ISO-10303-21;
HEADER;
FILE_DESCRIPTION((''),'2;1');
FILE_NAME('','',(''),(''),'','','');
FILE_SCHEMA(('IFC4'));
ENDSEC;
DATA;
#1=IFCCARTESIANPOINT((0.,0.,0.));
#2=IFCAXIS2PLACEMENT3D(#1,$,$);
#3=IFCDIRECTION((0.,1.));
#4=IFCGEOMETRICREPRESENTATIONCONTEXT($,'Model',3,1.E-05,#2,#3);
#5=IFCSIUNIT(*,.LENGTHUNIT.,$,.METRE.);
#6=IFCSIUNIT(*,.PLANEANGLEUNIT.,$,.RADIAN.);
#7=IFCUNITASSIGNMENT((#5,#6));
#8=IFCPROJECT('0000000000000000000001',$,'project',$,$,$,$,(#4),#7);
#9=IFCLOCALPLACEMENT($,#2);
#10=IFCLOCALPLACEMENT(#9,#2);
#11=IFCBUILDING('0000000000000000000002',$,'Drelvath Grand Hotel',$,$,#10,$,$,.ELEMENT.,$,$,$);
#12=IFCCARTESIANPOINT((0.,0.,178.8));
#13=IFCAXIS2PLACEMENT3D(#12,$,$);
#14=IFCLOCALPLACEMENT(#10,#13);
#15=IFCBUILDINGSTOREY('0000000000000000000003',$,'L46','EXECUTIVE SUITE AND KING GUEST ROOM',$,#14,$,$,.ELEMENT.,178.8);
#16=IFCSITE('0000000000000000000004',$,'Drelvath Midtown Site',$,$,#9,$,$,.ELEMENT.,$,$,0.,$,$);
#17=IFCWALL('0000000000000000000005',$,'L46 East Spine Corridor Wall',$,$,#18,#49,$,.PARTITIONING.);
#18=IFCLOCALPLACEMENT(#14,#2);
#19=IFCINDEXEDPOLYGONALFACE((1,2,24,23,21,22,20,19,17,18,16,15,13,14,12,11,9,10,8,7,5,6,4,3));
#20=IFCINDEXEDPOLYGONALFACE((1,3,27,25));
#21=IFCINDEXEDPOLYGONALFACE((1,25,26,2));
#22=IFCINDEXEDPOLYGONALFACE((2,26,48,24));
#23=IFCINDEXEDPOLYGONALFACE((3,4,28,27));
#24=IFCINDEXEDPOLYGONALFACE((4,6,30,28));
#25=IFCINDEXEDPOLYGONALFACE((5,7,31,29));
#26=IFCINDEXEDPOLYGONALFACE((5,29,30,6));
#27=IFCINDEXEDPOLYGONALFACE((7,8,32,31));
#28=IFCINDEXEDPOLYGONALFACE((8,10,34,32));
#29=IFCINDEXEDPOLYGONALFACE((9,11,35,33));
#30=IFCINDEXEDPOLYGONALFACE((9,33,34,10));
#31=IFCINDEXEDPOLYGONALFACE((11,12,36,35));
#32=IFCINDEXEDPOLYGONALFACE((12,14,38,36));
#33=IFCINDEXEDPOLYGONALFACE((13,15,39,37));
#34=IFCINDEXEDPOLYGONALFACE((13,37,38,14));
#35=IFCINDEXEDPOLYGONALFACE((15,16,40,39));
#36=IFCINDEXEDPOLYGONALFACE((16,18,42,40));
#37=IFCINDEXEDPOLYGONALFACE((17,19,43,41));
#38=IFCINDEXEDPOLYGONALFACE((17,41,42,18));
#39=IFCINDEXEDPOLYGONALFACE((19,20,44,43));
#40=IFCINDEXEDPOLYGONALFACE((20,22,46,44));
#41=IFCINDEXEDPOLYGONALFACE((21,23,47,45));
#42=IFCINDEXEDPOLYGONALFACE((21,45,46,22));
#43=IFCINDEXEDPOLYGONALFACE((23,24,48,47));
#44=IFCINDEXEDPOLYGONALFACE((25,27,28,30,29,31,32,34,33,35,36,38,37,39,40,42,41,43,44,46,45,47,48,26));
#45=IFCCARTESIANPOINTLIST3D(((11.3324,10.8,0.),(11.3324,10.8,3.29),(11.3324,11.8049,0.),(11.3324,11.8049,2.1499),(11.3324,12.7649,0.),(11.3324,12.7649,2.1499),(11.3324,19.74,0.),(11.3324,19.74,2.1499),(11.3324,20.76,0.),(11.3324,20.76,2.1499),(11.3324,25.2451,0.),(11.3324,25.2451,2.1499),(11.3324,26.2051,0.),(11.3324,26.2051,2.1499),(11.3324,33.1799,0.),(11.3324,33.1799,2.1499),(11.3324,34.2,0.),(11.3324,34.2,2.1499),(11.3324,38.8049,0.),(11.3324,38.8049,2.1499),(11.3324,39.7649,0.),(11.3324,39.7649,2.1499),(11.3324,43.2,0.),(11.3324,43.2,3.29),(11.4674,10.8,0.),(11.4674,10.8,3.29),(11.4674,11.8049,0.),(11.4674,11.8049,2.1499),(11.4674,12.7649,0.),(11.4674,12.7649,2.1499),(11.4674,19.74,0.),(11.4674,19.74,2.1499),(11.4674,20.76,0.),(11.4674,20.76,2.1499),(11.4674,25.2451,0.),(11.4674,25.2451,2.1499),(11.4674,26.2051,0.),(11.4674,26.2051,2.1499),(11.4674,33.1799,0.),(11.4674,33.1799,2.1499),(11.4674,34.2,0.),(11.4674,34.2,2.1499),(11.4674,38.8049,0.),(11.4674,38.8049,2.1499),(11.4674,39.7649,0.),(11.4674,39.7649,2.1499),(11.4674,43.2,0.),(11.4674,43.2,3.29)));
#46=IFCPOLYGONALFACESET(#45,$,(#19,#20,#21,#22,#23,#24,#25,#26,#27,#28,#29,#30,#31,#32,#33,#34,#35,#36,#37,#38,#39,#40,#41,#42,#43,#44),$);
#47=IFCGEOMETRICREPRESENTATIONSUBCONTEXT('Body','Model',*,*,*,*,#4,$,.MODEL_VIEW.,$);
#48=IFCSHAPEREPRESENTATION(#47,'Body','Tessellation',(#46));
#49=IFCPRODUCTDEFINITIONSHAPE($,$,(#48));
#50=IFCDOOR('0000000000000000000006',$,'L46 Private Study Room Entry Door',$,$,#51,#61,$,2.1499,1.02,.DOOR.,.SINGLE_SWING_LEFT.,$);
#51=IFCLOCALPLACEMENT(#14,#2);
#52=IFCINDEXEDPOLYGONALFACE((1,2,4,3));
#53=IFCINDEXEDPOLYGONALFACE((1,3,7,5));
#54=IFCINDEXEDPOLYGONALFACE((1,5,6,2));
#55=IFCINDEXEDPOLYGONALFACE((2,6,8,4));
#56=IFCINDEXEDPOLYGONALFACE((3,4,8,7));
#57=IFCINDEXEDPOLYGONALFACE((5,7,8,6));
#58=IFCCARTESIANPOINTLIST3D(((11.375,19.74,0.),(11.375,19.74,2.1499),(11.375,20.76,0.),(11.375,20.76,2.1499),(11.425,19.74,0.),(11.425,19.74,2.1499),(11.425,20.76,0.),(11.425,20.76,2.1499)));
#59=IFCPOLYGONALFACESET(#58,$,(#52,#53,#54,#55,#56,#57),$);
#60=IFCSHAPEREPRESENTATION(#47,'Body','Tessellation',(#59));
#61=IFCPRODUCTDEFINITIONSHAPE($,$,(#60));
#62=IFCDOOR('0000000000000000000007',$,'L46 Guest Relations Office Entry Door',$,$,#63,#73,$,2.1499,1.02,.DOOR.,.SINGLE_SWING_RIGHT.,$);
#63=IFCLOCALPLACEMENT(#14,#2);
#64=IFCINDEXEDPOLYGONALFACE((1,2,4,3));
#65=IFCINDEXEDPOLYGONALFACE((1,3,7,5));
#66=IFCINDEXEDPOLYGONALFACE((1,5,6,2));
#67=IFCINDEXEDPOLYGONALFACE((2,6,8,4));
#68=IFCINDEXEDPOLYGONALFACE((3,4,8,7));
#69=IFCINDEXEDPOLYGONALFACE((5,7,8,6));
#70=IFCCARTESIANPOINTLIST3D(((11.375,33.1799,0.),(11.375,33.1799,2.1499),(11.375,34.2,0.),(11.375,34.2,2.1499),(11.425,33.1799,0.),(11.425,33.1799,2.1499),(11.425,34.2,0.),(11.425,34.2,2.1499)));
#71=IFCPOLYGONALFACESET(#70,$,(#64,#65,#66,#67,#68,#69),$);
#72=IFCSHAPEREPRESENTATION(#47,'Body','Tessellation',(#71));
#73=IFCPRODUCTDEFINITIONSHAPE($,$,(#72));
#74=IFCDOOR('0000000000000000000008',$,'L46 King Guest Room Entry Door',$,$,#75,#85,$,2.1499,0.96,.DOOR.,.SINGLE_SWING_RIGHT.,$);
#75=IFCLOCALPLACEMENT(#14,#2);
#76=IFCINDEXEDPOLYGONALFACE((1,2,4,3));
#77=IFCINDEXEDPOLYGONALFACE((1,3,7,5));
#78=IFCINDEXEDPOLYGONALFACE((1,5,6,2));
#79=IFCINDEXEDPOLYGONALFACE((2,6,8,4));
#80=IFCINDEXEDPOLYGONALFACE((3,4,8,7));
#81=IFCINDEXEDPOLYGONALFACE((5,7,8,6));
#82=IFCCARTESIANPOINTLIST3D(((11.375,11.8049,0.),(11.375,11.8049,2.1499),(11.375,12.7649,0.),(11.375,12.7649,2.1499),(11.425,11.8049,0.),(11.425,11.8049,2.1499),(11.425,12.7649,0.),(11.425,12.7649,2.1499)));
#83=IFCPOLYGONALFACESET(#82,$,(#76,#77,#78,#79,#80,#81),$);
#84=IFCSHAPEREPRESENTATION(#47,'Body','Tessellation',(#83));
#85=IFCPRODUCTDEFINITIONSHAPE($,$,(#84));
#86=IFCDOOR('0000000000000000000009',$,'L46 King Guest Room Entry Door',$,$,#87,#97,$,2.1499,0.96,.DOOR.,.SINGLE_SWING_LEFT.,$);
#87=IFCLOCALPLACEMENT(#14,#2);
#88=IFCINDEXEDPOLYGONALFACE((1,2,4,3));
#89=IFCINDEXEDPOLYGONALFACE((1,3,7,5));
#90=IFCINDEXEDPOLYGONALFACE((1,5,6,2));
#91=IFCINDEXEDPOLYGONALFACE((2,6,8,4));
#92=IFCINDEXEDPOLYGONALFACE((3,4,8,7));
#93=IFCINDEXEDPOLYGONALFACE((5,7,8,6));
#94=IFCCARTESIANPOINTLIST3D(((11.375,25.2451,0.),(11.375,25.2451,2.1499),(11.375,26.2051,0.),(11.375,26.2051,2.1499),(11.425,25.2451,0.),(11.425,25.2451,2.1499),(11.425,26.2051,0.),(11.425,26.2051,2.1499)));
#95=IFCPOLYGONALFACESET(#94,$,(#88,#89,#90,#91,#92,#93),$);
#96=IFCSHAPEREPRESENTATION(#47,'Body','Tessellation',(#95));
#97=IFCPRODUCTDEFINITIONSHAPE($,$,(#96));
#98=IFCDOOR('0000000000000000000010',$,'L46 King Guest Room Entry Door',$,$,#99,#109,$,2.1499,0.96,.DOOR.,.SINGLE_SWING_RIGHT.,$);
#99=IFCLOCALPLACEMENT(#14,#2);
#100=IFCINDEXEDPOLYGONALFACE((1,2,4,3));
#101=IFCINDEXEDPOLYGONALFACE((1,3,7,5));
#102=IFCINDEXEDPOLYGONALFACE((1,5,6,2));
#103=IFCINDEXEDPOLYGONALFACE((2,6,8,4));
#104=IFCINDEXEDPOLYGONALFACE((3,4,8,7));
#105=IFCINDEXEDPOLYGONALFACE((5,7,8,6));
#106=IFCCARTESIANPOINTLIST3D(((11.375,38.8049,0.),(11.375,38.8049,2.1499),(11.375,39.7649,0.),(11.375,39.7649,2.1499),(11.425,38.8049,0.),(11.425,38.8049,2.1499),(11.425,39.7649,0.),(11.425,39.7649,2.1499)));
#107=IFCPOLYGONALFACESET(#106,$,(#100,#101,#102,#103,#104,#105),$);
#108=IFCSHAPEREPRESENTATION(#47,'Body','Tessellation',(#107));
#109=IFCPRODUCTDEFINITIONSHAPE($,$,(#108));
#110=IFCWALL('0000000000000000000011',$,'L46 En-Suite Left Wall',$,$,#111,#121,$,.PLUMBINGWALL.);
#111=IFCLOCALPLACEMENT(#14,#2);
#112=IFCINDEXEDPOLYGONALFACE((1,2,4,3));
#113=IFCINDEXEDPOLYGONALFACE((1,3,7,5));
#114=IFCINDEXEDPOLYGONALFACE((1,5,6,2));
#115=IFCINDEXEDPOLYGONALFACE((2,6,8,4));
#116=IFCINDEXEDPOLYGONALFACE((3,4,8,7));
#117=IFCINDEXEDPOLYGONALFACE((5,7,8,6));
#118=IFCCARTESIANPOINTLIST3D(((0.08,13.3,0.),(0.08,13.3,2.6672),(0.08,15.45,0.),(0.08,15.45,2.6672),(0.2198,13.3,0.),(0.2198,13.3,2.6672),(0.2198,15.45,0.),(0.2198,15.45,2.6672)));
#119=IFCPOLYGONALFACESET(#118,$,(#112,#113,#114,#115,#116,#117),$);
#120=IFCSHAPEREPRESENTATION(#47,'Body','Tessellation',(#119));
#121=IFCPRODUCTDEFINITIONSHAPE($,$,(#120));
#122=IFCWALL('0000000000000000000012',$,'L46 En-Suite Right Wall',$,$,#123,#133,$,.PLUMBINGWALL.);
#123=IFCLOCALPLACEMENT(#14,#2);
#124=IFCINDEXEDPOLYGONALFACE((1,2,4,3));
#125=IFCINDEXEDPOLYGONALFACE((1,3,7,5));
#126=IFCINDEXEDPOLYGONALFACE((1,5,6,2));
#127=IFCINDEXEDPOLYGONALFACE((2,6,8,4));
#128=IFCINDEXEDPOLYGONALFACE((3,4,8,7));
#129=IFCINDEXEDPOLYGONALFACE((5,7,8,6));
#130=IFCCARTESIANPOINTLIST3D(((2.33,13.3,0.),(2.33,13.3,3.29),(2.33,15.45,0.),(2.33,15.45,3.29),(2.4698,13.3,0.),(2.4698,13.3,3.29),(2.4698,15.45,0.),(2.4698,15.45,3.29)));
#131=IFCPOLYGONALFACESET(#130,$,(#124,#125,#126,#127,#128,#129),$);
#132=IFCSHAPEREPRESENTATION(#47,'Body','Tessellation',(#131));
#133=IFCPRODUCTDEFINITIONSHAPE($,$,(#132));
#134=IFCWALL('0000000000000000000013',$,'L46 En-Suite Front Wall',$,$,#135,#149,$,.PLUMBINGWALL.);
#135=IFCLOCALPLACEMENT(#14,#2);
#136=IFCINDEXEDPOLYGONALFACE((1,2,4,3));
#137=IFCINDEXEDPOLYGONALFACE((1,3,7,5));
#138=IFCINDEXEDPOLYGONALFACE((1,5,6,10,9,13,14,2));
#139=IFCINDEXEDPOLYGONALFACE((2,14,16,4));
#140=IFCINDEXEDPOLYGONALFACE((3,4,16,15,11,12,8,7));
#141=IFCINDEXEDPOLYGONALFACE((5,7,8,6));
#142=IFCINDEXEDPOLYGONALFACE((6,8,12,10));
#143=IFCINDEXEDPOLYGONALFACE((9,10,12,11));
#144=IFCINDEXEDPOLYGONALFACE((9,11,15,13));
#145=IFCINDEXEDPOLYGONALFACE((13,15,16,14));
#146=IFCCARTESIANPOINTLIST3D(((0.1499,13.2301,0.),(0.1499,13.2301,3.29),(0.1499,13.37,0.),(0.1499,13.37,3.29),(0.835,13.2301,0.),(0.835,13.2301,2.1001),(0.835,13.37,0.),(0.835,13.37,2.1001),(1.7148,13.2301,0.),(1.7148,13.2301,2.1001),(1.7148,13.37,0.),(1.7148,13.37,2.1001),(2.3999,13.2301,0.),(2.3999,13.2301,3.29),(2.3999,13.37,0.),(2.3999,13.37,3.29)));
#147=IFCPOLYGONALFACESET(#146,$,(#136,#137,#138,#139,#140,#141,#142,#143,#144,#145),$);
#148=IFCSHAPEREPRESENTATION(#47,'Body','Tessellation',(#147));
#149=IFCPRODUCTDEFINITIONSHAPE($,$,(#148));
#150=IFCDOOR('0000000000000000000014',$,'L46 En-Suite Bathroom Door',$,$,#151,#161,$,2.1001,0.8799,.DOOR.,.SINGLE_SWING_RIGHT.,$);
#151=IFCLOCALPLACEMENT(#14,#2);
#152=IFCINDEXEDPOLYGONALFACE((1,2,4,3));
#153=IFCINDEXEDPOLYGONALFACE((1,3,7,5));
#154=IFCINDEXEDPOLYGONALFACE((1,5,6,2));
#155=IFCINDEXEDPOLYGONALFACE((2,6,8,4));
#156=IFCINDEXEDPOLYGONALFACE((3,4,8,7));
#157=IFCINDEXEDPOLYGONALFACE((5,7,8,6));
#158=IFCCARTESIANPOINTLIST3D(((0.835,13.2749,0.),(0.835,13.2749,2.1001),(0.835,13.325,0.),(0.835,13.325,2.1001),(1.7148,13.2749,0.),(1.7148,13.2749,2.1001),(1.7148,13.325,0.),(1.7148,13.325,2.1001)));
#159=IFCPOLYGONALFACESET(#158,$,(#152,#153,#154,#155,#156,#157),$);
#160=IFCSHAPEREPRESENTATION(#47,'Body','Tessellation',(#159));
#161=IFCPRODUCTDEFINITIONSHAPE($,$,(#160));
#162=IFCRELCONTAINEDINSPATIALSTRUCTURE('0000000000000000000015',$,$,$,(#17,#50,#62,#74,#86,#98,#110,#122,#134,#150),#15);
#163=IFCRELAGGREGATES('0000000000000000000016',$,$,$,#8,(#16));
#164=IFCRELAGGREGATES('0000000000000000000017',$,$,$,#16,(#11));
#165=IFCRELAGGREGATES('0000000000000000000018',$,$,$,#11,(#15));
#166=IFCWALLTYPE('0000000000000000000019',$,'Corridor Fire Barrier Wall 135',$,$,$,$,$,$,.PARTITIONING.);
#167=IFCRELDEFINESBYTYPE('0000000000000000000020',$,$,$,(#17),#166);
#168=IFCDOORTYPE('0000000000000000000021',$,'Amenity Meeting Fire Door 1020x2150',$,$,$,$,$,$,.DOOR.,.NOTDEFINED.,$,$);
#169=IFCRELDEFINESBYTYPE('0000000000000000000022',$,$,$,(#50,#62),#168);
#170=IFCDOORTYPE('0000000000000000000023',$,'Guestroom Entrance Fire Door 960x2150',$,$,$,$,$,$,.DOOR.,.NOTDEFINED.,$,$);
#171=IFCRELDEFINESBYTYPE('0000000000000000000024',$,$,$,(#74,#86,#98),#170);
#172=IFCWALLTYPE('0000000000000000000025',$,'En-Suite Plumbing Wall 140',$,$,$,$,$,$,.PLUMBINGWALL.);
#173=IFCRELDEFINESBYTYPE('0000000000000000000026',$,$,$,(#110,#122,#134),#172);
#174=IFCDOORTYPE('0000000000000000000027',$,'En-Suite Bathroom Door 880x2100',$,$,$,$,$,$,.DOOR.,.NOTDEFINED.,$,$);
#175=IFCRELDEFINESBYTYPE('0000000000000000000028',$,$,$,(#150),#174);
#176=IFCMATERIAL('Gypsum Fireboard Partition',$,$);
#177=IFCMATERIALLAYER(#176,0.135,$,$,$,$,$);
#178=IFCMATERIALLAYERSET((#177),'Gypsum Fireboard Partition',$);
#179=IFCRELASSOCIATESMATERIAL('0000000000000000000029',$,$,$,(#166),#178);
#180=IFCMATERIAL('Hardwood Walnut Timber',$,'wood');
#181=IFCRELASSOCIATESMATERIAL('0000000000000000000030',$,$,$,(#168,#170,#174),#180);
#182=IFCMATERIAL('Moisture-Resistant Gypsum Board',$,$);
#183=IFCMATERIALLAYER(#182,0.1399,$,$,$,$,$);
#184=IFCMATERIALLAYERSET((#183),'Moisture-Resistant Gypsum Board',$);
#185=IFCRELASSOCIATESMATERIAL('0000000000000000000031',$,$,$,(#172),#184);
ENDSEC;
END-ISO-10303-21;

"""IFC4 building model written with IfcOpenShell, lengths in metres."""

from ifc_helpers import new_model, si_unit, direction, frame, frame_2d, origin, place, context, subcontext, project, spatial, rectangle, extrude, material, layer, layer_set, type_object, element, fill, save


model = new_model("IFC4")

# Units and contexts
model_context = context("Model", 3, precision=1e-05, world=origin(), true_north=direction((0.0, 1.0)))
body_context = subcontext(model_context, "Body", "Model", "MODEL_VIEW")
ifc_project = project(units=[si_unit("LENGTHUNIT", "METRE"), si_unit("PLANEANGLEUNIT", "RADIAN")], contexts=[model_context])

# Site, building, storey
site_placement = place(None, origin())
site = spatial("IfcSite", under=ifc_project, at=site_placement, Name="Drelvath Midtown Site", CompositionType="ELEMENT", RefElevation=0.0)
building_placement = place(site_placement, origin())
building = spatial("IfcBuilding", under=site, at=building_placement, Name="Drelvath Grand Hotel", CompositionType="ELEMENT")
storey_placement = place(building_placement, frame((0.0, 0.0, 178.8)))
storey = spatial("IfcBuildingStorey", under=building, at=storey_placement, Name="L46", Description="EXECUTIVE SUITE AND KING GUEST ROOM", CompositionType="ELEMENT", Elevation=178.8)

# Wall, openings, doors
ifc_material_1 = material(Name="Gypsum Fireboard Partition")
ifc_layer_1 = layer(ifc_material_1, 0.135)
ifc_layer_set_1 = layer_set([ifc_layer_1], Name="Gypsum Fireboard Partition")
wall_type_1 = type_object("IfcWallType", Name="Corridor Fire Barrier Wall 135", PredefinedType="PARTITIONING", material=ifc_layer_set_1)
wall_1_placement = place(storey_placement, frame((11.3999, 10.8, 0.0), z_axis=(0.0, 0.0, 1.0), x_axis=(0.0, 1.0, 0.0)))
wall_1 = element("IfcWall", 1, at=wall_1_placement, inside=storey, type_object=wall_type_1, Name="L46 East Spine Corridor Wall", PredefinedType="PARTITIONING", context=body_context, shape_type="SweptSolid", body=[
    extrude(rectangle(XDim=32.3999, YDim=0.135, at=frame_2d((16.2, 0.0))), origin(), (0.0, 0.0, 1.0), 3.29),
])
opening_1_placement = place(wall_1_placement, frame((1.0049, 0.0, 0.0)))
opening_1 = element("IfcOpeningElement", 2, at=opening_1_placement, cuts=wall_1, PredefinedType="OPENING", context=body_context, shape_type="SweptSolid", body=[
    extrude(rectangle(XDim=0.96, YDim=2.1499, at=frame_2d((0.48, 1.075))), frame((0.0, 0.0774, 0.0), z_axis=(0.0, -1.0, 0.0), x_axis=(1.0, 0.0, 0.0)), (0.0, 0.0, 1.0), 0.155),
])
opening_2_placement = place(wall_1_placement, frame((8.9399, 0.0, 0.0)))
opening_2 = element("IfcOpeningElement", 3, at=opening_2_placement, cuts=wall_1, PredefinedType="OPENING", context=body_context, shape_type="SweptSolid", body=[
    extrude(rectangle(XDim=1.02, YDim=2.1499, at=frame_2d((0.51, 1.075))), frame((0.0, 0.0774, 0.0), z_axis=(0.0, -1.0, 0.0), x_axis=(1.0, 0.0, 0.0)), (0.0, 0.0, 1.0), 0.155),
])
opening_3_placement = place(wall_1_placement, frame((14.4451, 0.0, 0.0)))
opening_3 = element("IfcOpeningElement", 4, at=opening_3_placement, cuts=wall_1, PredefinedType="OPENING", context=body_context, shape_type="SweptSolid", body=[
    extrude(rectangle(XDim=0.96, YDim=2.1499, at=frame_2d((0.48, 1.075))), frame((0.0, 0.0774, 0.0), z_axis=(0.0, -1.0, 0.0), x_axis=(1.0, 0.0, 0.0)), (0.0, 0.0, 1.0), 0.155),
])
opening_4_placement = place(wall_1_placement, frame((22.3799, 0.0, 0.0)))
opening_4 = element("IfcOpeningElement", 5, at=opening_4_placement, cuts=wall_1, PredefinedType="OPENING", context=body_context, shape_type="SweptSolid", body=[
    extrude(rectangle(XDim=1.02, YDim=2.1499, at=frame_2d((0.51, 1.075))), frame((0.0, 0.0774, 0.0), z_axis=(0.0, -1.0, 0.0), x_axis=(1.0, 0.0, 0.0)), (0.0, 0.0, 1.0), 0.155),
])
opening_5_placement = place(wall_1_placement, frame((28.0049, 0.0, 0.0)))
opening_5 = element("IfcOpeningElement", 6, at=opening_5_placement, cuts=wall_1, PredefinedType="OPENING", context=body_context, shape_type="SweptSolid", body=[
    extrude(rectangle(XDim=0.96, YDim=2.1499, at=frame_2d((0.48, 1.075))), frame((0.0, 0.0774, 0.0), z_axis=(0.0, -1.0, 0.0), x_axis=(1.0, 0.0, 0.0)), (0.0, 0.0, 1.0), 0.155),
])
ifc_material_2 = material(Name="Hardwood Walnut Timber", Category="wood")
door_type_1 = type_object("IfcDoorType", Name="Amenity Meeting Fire Door 1020x2150", OperationType="NOTDEFINED", PredefinedType="DOOR", material=ifc_material_2)
door_1_placement = place(opening_2_placement, origin())
door_1 = element("IfcDoor", 7, at=door_1_placement, inside=storey, type_object=door_type_1, Name="L46 Private Study Room Entry Door", OperationType="SINGLE_SWING_LEFT", OverallHeight=2.1499, OverallWidth=1.02, PredefinedType="DOOR", context=body_context, shape_type="SweptSolid", body=[
    extrude(rectangle(XDim=1.02, YDim=2.1499, at=frame_2d((0.51, 1.075))), frame((0.0, 0.0249, 0.0), z_axis=(0.0, -1.0, 0.0), x_axis=(1.0, 0.0, 0.0)), (0.0, 0.0, 1.0), 0.05),
])
fill(opening_2, door_1)
door_2_placement = place(opening_4_placement, origin())
door_2 = element("IfcDoor", 8, at=door_2_placement, inside=storey, type_object=door_type_1, Name="L46 Guest Relations Office Entry Door", OperationType="SINGLE_SWING_RIGHT", OverallHeight=2.1499, OverallWidth=1.02, PredefinedType="DOOR", context=body_context, shape_type="SweptSolid", body=[
    extrude(rectangle(XDim=1.02, YDim=2.1499, at=frame_2d((0.51, 1.075))), frame((0.0, 0.0249, 0.0), z_axis=(0.0, -1.0, 0.0), x_axis=(1.0, 0.0, 0.0)), (0.0, 0.0, 1.0), 0.05),
])
fill(opening_4, door_2)
door_type_2 = type_object("IfcDoorType", Name="Guestroom Entrance Fire Door 960x2150", OperationType="NOTDEFINED", PredefinedType="DOOR", material=ifc_material_2)
door_3_placement = place(opening_1_placement, origin())
door_3 = element("IfcDoor", 9, at=door_3_placement, inside=storey, type_object=door_type_2, Name="L46 King Guest Room Entry Door", OperationType="SINGLE_SWING_RIGHT", OverallHeight=2.1499, OverallWidth=0.96, PredefinedType="DOOR", context=body_context, shape_type="SweptSolid", body=[
    extrude(rectangle(XDim=0.96, YDim=2.1499, at=frame_2d((0.48, 1.075))), frame((0.0, 0.0249, 0.0), z_axis=(0.0, -1.0, 0.0), x_axis=(1.0, 0.0, 0.0)), (0.0, 0.0, 1.0), 0.05),
])
fill(opening_1, door_3)
door_4_placement = place(opening_3_placement, origin())
door_4 = element("IfcDoor", 10, at=door_4_placement, inside=storey, type_object=door_type_2, Name="L46 King Guest Room Entry Door", OperationType="SINGLE_SWING_LEFT", OverallHeight=2.1499, OverallWidth=0.96, PredefinedType="DOOR", context=body_context, shape_type="SweptSolid", body=[
    extrude(rectangle(XDim=0.96, YDim=2.1499, at=frame_2d((0.48, 1.075))), frame((0.0, 0.0249, 0.0), z_axis=(0.0, -1.0, 0.0), x_axis=(1.0, 0.0, 0.0)), (0.0, 0.0, 1.0), 0.05),
])
fill(opening_3, door_4)
door_5_placement = place(opening_5_placement, origin())
door_5 = element("IfcDoor", 11, at=door_5_placement, inside=storey, type_object=door_type_2, Name="L46 King Guest Room Entry Door", OperationType="SINGLE_SWING_RIGHT", OverallHeight=2.1499, OverallWidth=0.96, PredefinedType="DOOR", context=body_context, shape_type="SweptSolid", body=[
    extrude(rectangle(XDim=0.96, YDim=2.1499, at=frame_2d((0.48, 1.075))), frame((0.0, 0.0249, 0.0), z_axis=(0.0, -1.0, 0.0), x_axis=(1.0, 0.0, 0.0)), (0.0, 0.0, 1.0), 0.05),
])
fill(opening_5, door_5)

# Walls
ifc_material_3 = material(Name="Moisture-Resistant Gypsum Board")
ifc_layer_2 = layer(ifc_material_3, 0.1399)
ifc_layer_set_2 = layer_set([ifc_layer_2], Name="Moisture-Resistant Gypsum Board")
wall_type_2 = type_object("IfcWallType", Name="En-Suite Plumbing Wall 140", PredefinedType="PLUMBINGWALL", material=ifc_layer_set_2)
wall_2_placement = place(storey_placement, frame((0.1499, 15.45, 0.0), z_axis=(0.0, 0.0, 1.0), x_axis=(0.0, -1.0, 0.0)))
element("IfcWall", 12, at=wall_2_placement, inside=storey, type_object=wall_type_2, Name="L46 En-Suite Left Wall", PredefinedType="PLUMBINGWALL", context=body_context, shape_type="SweptSolid", body=[
    extrude(rectangle(XDim=2.1499, YDim=0.1399, at=frame_2d((1.075, 0.0))), origin(), (0.0, 0.0, 1.0), 2.6672),
])
wall_3_placement = place(storey_placement, frame((2.3999, 15.45, 0.0), z_axis=(0.0, 0.0, 1.0), x_axis=(0.0, -1.0, 0.0)))
element("IfcWall", 13, at=wall_3_placement, inside=storey, type_object=wall_type_2, Name="L46 En-Suite Right Wall", PredefinedType="PLUMBINGWALL", context=body_context, shape_type="SweptSolid", body=[
    extrude(rectangle(XDim=2.1499, YDim=0.1399, at=frame_2d((1.075, 0.0))), origin(), (0.0, 0.0, 1.0), 3.29),
])

# Wall, opening, door
wall_4_placement = place(storey_placement, frame((0.1499, 13.3, 0.0), z_axis=(0.0, 0.0, 1.0), x_axis=(1.0, 0.0, 0.0)))
wall_4 = element("IfcWall", 14, at=wall_4_placement, inside=storey, type_object=wall_type_2, Name="L46 En-Suite Front Wall", PredefinedType="PLUMBINGWALL", context=body_context, shape_type="SweptSolid", body=[
    extrude(rectangle(XDim=2.25, YDim=0.1399, at=frame_2d((1.125, 0.0))), origin(), (0.0, 0.0, 1.0), 3.29),
])
opening_6_placement = place(wall_4_placement, frame((0.6851, 0.0, 0.0)))
opening_6 = element("IfcOpeningElement", 15, at=opening_6_placement, cuts=wall_4, PredefinedType="OPENING", context=body_context, shape_type="SweptSolid", body=[
    extrude(rectangle(XDim=0.8799, YDim=2.1001, at=frame_2d((0.4399, 1.05))), frame((0.0, 0.0798, 0.0), z_axis=(0.0, -1.0, 0.0), x_axis=(1.0, 0.0, 0.0)), (0.0, 0.0, 1.0), 0.1599),
])
door_type_3 = type_object("IfcDoorType", Name="En-Suite Bathroom Door 880x2100", OperationType="NOTDEFINED", PredefinedType="DOOR", material=ifc_material_2)
door_6_placement = place(opening_6_placement, origin())
door_6 = element("IfcDoor", 16, at=door_6_placement, inside=storey, type_object=door_type_3, Name="L46 En-Suite Bathroom Door", OperationType="SINGLE_SWING_RIGHT", OverallHeight=2.1001, OverallWidth=0.8799, PredefinedType="DOOR", context=body_context, shape_type="SweptSolid", body=[
    extrude(rectangle(XDim=0.8799, YDim=2.1001, at=frame_2d((0.4399, 1.05))), frame((0.0, 0.0249, 0.0), z_axis=(0.0, -1.0, 0.0), x_axis=(1.0, 0.0, 0.0)), (0.0, 0.0, 1.0), 0.05),
])
fill(opening_6, door_6)

save(model, "model.ifc")
